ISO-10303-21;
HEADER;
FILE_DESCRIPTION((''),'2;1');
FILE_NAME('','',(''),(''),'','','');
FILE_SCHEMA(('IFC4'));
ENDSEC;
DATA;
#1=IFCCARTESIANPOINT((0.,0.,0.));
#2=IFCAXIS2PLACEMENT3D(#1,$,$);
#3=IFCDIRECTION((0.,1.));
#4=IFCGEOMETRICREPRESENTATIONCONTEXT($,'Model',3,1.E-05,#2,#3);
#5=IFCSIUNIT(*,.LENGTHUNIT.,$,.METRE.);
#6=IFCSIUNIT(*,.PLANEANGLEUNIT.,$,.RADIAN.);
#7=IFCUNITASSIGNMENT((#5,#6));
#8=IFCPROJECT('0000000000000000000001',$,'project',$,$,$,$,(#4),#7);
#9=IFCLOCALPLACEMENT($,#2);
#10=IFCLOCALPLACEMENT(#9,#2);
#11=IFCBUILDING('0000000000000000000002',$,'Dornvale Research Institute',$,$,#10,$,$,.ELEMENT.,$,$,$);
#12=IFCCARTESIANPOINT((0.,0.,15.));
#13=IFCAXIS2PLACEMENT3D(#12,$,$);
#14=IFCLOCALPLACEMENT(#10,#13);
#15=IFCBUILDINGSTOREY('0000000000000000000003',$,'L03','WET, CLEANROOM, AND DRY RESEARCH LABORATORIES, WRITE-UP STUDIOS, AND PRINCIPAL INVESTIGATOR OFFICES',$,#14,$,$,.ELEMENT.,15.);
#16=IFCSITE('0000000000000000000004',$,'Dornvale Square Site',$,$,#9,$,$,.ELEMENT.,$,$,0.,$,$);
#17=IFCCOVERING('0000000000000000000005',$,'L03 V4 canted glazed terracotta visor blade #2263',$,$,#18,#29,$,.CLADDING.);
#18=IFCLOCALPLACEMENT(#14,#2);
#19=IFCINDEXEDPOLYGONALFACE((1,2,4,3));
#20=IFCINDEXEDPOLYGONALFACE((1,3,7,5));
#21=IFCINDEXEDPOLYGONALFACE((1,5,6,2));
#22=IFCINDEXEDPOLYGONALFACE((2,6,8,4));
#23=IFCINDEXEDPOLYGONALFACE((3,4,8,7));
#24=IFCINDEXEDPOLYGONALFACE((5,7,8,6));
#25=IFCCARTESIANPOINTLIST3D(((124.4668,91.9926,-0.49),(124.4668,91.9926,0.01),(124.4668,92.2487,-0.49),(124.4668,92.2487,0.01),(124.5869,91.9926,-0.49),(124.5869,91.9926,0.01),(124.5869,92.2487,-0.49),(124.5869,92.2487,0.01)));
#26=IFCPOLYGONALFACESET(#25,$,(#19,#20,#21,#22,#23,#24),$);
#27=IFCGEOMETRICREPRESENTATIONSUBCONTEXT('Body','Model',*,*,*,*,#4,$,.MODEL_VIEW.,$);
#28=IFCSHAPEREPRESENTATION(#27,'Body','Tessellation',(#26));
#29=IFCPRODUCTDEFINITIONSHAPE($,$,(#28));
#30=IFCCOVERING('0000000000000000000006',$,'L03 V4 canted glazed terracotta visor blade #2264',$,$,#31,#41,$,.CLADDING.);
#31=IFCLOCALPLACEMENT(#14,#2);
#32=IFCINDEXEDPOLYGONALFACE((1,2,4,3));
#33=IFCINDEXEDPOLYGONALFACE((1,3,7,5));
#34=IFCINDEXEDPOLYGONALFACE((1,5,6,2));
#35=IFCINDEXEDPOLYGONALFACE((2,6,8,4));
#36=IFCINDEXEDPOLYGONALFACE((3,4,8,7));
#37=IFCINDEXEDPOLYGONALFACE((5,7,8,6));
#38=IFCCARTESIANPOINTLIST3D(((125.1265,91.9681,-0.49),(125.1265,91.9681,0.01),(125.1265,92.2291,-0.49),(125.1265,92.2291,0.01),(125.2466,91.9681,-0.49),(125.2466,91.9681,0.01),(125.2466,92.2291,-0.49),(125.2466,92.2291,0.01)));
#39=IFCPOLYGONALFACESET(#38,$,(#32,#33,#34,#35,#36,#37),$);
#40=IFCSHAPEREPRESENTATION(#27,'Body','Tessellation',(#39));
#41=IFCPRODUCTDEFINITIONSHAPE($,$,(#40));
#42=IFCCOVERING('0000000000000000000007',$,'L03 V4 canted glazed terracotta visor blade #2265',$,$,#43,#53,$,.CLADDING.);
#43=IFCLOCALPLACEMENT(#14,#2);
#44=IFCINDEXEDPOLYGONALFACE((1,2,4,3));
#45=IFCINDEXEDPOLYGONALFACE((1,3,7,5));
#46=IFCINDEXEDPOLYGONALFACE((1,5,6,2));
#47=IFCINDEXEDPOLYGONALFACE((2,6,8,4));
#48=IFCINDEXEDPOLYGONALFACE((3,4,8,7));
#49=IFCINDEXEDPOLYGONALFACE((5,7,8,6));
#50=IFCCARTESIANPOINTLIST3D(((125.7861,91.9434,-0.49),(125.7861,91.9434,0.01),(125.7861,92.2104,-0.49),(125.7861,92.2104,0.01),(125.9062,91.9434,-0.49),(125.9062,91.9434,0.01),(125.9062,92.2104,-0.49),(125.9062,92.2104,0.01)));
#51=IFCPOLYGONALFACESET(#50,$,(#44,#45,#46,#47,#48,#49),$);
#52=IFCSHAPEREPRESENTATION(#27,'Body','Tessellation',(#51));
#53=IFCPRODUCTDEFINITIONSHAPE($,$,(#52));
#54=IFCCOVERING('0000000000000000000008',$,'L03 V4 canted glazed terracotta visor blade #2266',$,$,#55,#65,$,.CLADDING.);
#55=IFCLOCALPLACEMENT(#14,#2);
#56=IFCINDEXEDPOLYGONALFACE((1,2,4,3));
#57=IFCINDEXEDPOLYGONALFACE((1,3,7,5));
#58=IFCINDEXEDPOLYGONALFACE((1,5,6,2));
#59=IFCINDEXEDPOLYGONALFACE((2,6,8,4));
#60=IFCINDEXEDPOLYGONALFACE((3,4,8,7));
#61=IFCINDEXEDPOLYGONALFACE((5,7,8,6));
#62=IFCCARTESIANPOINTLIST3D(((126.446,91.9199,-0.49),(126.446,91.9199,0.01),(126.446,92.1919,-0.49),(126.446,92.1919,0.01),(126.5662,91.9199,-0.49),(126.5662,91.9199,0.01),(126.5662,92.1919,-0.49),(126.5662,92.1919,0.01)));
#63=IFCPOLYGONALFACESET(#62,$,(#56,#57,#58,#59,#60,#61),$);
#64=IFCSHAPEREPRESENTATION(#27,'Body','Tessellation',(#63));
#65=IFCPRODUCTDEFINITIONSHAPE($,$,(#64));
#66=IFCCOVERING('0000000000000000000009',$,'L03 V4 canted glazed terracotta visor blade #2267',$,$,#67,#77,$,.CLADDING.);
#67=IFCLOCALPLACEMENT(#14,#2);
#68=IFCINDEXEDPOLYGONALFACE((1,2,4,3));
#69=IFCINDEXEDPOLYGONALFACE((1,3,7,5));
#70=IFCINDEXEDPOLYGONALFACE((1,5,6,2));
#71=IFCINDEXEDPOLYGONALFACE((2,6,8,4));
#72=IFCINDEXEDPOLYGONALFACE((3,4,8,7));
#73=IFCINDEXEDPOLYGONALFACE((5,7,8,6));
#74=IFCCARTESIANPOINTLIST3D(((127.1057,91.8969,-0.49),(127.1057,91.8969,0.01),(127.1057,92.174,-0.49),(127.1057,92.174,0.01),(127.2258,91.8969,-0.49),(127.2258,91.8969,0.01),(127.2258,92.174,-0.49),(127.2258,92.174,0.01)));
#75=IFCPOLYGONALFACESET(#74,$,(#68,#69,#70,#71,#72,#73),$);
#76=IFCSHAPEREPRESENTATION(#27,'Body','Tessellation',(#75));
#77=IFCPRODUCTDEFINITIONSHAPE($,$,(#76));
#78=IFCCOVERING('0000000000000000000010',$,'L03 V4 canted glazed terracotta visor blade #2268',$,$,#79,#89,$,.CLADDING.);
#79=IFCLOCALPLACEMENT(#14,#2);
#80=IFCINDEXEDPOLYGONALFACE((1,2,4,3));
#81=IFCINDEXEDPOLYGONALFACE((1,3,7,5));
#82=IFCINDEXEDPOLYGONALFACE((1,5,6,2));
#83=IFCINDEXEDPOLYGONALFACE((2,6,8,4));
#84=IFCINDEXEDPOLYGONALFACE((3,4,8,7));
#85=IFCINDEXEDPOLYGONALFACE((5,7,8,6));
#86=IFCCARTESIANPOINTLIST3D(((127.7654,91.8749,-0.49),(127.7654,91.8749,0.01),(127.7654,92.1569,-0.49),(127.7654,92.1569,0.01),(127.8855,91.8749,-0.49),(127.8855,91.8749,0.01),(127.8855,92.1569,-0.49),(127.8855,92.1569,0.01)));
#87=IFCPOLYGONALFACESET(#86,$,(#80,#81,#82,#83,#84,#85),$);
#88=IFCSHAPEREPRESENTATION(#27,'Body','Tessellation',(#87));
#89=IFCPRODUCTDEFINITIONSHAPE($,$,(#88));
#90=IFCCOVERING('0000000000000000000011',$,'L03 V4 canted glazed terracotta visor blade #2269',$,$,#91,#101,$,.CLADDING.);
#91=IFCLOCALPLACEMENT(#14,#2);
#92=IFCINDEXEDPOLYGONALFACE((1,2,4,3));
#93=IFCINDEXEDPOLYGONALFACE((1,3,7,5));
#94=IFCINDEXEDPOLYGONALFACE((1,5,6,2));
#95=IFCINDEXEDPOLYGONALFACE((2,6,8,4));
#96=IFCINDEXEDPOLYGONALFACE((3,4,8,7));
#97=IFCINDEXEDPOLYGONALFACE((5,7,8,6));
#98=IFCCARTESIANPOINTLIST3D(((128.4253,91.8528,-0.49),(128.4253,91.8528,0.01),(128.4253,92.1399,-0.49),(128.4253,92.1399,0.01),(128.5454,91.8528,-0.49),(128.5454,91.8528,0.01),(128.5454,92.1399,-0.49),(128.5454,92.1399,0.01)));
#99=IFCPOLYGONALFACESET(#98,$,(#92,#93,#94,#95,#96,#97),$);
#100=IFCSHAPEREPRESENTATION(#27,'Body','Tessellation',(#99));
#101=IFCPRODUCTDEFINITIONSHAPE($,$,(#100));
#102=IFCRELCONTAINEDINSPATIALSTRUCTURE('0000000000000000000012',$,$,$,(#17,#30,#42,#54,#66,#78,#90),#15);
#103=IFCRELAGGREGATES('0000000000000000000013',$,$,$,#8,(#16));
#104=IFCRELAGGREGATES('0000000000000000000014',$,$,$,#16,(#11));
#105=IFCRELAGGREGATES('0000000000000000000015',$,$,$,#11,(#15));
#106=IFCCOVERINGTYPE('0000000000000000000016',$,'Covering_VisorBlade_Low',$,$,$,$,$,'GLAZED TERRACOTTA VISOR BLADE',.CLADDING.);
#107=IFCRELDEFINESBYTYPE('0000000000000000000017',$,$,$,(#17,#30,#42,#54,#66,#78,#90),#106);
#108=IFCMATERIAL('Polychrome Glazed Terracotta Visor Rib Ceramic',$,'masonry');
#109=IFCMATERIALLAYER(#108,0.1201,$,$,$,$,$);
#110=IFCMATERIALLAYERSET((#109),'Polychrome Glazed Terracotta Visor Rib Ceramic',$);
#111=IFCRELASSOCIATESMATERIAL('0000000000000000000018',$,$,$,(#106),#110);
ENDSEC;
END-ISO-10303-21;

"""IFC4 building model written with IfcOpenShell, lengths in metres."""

from ifc_helpers import new_model, si_unit, direction, frame, origin, origin_2d, place, context, subcontext, project, spatial, rectangle, extrude, material, layer, layer_set, type_object, element, save


model = new_model("IFC4")

# Units and contexts
model_context = context("Model", 3, precision=1e-05, world=origin(), true_north=direction((0.0, 1.0)))
body_context = subcontext(model_context, "Body", "Model", "MODEL_VIEW")
ifc_project = project(units=[si_unit("LENGTHUNIT", "METRE"), si_unit("PLANEANGLEUNIT", "RADIAN")], contexts=[model_context])

# Site, building, storey
site_placement = place(None, origin())
site = spatial("IfcSite", under=ifc_project, at=site_placement, Name="Dornvale Square Site", CompositionType="ELEMENT", RefElevation=0.0)
building_placement = place(site_placement, origin())
building = spatial("IfcBuilding", under=site, at=building_placement, Name="Dornvale Research Institute", CompositionType="ELEMENT")
storey_placement = place(building_placement, frame((0.0, 0.0, 15.0)))
storey = spatial("IfcBuildingStorey", under=building, at=storey_placement, Name="L03", Description="WET, CLEANROOM, AND DRY RESEARCH LABORATORIES, WRITE-UP STUDIOS, AND PRINCIPAL INVESTIGATOR OFFICES", CompositionType="ELEMENT", Elevation=15.0)

# Coverings
ifc_material_1 = material(Name="Polychrome Glazed Terracotta Visor Rib Ceramic", Category="masonry")
ifc_layer_1 = layer(ifc_material_1, 0.1201)
ifc_layer_set_1 = layer_set([ifc_layer_1], Name="Polychrome Glazed Terracotta Visor Rib Ceramic")
covering_type = type_object("IfcCoveringType", Name="Covering_VisorBlade_Low", ElementType="GLAZED TERRACOTTA VISOR BLADE", PredefinedType="CLADDING", material=ifc_layer_set_1)
covering_1_placement = place(storey_placement, frame((124.5269, 92.1206, -0.49), z_axis=(0.0, 0.0, 1.0), x_axis=(0.0, 1.0, 0.0)))
element("IfcCovering", 1, at=covering_1_placement, inside=storey, type_object=covering_type, Name="L03 V4 canted glazed terracotta visor blade #2263", PredefinedType="CLADDING", context=body_context, shape_type="SweptSolid", body=[
    extrude(rectangle(XDim=0.2561, YDim=0.1201, at=origin_2d()), origin(), (0.0, 0.0, 1.0), 0.5),
])
covering_2_placement = place(storey_placement, frame((125.1865, 92.0986, -0.49), z_axis=(0.0, 0.0, 1.0), x_axis=(0.0, 1.0, 0.0)))
element("IfcCovering", 2, at=covering_2_placement, inside=storey, type_object=covering_type, Name="L03 V4 canted glazed terracotta visor blade #2264", PredefinedType="CLADDING", context=body_context, shape_type="SweptSolid", body=[
    extrude(rectangle(XDim=0.261, YDim=0.1201, at=origin_2d()), origin(), (0.0, 0.0, 1.0), 0.5),
])
covering_3_placement = place(storey_placement, frame((125.8462, 92.0769, -0.49), z_axis=(0.0, 0.0, 1.0), x_axis=(0.0, 1.0, 0.0)))
element("IfcCovering", 3, at=covering_3_placement, inside=storey, type_object=covering_type, Name="L03 V4 canted glazed terracotta visor blade #2265", PredefinedType="CLADDING", context=body_context, shape_type="SweptSolid", body=[
    extrude(rectangle(XDim=0.2671, YDim=0.1201, at=origin_2d()), origin(), (0.0, 0.0, 1.0), 0.5),
])
covering_4_placement = place(storey_placement, frame((126.5061, 92.0559, -0.49), z_axis=(0.0, 0.0, 1.0), x_axis=(0.0, 1.0, 0.0)))
element("IfcCovering", 4, at=covering_4_placement, inside=storey, type_object=covering_type, Name="L03 V4 canted glazed terracotta visor blade #2266", PredefinedType="CLADDING", context=body_context, shape_type="SweptSolid", body=[
    extrude(rectangle(XDim=0.272, YDim=0.1201, at=origin_2d()), origin(), (0.0, 0.0, 1.0), 0.5),
])
covering_5_placement = place(storey_placement, frame((127.1658, 92.0354, -0.49), z_axis=(0.0, 0.0, 1.0), x_axis=(0.0, 1.0, 0.0)))
element("IfcCovering", 5, at=covering_5_placement, inside=storey, type_object=covering_type, Name="L03 V4 canted glazed terracotta visor blade #2267", PredefinedType="CLADDING", context=body_context, shape_type="SweptSolid", body=[
    extrude(rectangle(XDim=0.2771, YDim=0.1201, at=origin_2d()), origin(), (0.0, 0.0, 1.0), 0.5),
])
covering_6_placement = place(storey_placement, frame((127.8254, 92.0159, -0.49), z_axis=(0.0, 0.0, 1.0), x_axis=(0.0, 1.0, 0.0)))
element("IfcCovering", 6, at=covering_6_placement, inside=storey, type_object=covering_type, Name="L03 V4 canted glazed terracotta visor blade #2268", PredefinedType="CLADDING", context=body_context, shape_type="SweptSolid", body=[
    extrude(rectangle(XDim=0.282, YDim=0.1201, at=origin_2d()), origin(), (0.0, 0.0, 1.0), 0.5),
])
covering_7_placement = place(storey_placement, frame((128.4854, 91.9963, -0.49), z_axis=(0.0, 0.0, 1.0), x_axis=(0.0, 1.0, 0.0)))
element("IfcCovering", 7, at=covering_7_placement, inside=storey, type_object=covering_type, Name="L03 V4 canted glazed terracotta visor blade #2269", PredefinedType="CLADDING", context=body_context, shape_type="SweptSolid", body=[
    extrude(rectangle(XDim=0.2871, YDim=0.1201, at=origin_2d()), origin(), (0.0, 0.0, 1.0), 0.5),
])

save(model, "model.ifc")
